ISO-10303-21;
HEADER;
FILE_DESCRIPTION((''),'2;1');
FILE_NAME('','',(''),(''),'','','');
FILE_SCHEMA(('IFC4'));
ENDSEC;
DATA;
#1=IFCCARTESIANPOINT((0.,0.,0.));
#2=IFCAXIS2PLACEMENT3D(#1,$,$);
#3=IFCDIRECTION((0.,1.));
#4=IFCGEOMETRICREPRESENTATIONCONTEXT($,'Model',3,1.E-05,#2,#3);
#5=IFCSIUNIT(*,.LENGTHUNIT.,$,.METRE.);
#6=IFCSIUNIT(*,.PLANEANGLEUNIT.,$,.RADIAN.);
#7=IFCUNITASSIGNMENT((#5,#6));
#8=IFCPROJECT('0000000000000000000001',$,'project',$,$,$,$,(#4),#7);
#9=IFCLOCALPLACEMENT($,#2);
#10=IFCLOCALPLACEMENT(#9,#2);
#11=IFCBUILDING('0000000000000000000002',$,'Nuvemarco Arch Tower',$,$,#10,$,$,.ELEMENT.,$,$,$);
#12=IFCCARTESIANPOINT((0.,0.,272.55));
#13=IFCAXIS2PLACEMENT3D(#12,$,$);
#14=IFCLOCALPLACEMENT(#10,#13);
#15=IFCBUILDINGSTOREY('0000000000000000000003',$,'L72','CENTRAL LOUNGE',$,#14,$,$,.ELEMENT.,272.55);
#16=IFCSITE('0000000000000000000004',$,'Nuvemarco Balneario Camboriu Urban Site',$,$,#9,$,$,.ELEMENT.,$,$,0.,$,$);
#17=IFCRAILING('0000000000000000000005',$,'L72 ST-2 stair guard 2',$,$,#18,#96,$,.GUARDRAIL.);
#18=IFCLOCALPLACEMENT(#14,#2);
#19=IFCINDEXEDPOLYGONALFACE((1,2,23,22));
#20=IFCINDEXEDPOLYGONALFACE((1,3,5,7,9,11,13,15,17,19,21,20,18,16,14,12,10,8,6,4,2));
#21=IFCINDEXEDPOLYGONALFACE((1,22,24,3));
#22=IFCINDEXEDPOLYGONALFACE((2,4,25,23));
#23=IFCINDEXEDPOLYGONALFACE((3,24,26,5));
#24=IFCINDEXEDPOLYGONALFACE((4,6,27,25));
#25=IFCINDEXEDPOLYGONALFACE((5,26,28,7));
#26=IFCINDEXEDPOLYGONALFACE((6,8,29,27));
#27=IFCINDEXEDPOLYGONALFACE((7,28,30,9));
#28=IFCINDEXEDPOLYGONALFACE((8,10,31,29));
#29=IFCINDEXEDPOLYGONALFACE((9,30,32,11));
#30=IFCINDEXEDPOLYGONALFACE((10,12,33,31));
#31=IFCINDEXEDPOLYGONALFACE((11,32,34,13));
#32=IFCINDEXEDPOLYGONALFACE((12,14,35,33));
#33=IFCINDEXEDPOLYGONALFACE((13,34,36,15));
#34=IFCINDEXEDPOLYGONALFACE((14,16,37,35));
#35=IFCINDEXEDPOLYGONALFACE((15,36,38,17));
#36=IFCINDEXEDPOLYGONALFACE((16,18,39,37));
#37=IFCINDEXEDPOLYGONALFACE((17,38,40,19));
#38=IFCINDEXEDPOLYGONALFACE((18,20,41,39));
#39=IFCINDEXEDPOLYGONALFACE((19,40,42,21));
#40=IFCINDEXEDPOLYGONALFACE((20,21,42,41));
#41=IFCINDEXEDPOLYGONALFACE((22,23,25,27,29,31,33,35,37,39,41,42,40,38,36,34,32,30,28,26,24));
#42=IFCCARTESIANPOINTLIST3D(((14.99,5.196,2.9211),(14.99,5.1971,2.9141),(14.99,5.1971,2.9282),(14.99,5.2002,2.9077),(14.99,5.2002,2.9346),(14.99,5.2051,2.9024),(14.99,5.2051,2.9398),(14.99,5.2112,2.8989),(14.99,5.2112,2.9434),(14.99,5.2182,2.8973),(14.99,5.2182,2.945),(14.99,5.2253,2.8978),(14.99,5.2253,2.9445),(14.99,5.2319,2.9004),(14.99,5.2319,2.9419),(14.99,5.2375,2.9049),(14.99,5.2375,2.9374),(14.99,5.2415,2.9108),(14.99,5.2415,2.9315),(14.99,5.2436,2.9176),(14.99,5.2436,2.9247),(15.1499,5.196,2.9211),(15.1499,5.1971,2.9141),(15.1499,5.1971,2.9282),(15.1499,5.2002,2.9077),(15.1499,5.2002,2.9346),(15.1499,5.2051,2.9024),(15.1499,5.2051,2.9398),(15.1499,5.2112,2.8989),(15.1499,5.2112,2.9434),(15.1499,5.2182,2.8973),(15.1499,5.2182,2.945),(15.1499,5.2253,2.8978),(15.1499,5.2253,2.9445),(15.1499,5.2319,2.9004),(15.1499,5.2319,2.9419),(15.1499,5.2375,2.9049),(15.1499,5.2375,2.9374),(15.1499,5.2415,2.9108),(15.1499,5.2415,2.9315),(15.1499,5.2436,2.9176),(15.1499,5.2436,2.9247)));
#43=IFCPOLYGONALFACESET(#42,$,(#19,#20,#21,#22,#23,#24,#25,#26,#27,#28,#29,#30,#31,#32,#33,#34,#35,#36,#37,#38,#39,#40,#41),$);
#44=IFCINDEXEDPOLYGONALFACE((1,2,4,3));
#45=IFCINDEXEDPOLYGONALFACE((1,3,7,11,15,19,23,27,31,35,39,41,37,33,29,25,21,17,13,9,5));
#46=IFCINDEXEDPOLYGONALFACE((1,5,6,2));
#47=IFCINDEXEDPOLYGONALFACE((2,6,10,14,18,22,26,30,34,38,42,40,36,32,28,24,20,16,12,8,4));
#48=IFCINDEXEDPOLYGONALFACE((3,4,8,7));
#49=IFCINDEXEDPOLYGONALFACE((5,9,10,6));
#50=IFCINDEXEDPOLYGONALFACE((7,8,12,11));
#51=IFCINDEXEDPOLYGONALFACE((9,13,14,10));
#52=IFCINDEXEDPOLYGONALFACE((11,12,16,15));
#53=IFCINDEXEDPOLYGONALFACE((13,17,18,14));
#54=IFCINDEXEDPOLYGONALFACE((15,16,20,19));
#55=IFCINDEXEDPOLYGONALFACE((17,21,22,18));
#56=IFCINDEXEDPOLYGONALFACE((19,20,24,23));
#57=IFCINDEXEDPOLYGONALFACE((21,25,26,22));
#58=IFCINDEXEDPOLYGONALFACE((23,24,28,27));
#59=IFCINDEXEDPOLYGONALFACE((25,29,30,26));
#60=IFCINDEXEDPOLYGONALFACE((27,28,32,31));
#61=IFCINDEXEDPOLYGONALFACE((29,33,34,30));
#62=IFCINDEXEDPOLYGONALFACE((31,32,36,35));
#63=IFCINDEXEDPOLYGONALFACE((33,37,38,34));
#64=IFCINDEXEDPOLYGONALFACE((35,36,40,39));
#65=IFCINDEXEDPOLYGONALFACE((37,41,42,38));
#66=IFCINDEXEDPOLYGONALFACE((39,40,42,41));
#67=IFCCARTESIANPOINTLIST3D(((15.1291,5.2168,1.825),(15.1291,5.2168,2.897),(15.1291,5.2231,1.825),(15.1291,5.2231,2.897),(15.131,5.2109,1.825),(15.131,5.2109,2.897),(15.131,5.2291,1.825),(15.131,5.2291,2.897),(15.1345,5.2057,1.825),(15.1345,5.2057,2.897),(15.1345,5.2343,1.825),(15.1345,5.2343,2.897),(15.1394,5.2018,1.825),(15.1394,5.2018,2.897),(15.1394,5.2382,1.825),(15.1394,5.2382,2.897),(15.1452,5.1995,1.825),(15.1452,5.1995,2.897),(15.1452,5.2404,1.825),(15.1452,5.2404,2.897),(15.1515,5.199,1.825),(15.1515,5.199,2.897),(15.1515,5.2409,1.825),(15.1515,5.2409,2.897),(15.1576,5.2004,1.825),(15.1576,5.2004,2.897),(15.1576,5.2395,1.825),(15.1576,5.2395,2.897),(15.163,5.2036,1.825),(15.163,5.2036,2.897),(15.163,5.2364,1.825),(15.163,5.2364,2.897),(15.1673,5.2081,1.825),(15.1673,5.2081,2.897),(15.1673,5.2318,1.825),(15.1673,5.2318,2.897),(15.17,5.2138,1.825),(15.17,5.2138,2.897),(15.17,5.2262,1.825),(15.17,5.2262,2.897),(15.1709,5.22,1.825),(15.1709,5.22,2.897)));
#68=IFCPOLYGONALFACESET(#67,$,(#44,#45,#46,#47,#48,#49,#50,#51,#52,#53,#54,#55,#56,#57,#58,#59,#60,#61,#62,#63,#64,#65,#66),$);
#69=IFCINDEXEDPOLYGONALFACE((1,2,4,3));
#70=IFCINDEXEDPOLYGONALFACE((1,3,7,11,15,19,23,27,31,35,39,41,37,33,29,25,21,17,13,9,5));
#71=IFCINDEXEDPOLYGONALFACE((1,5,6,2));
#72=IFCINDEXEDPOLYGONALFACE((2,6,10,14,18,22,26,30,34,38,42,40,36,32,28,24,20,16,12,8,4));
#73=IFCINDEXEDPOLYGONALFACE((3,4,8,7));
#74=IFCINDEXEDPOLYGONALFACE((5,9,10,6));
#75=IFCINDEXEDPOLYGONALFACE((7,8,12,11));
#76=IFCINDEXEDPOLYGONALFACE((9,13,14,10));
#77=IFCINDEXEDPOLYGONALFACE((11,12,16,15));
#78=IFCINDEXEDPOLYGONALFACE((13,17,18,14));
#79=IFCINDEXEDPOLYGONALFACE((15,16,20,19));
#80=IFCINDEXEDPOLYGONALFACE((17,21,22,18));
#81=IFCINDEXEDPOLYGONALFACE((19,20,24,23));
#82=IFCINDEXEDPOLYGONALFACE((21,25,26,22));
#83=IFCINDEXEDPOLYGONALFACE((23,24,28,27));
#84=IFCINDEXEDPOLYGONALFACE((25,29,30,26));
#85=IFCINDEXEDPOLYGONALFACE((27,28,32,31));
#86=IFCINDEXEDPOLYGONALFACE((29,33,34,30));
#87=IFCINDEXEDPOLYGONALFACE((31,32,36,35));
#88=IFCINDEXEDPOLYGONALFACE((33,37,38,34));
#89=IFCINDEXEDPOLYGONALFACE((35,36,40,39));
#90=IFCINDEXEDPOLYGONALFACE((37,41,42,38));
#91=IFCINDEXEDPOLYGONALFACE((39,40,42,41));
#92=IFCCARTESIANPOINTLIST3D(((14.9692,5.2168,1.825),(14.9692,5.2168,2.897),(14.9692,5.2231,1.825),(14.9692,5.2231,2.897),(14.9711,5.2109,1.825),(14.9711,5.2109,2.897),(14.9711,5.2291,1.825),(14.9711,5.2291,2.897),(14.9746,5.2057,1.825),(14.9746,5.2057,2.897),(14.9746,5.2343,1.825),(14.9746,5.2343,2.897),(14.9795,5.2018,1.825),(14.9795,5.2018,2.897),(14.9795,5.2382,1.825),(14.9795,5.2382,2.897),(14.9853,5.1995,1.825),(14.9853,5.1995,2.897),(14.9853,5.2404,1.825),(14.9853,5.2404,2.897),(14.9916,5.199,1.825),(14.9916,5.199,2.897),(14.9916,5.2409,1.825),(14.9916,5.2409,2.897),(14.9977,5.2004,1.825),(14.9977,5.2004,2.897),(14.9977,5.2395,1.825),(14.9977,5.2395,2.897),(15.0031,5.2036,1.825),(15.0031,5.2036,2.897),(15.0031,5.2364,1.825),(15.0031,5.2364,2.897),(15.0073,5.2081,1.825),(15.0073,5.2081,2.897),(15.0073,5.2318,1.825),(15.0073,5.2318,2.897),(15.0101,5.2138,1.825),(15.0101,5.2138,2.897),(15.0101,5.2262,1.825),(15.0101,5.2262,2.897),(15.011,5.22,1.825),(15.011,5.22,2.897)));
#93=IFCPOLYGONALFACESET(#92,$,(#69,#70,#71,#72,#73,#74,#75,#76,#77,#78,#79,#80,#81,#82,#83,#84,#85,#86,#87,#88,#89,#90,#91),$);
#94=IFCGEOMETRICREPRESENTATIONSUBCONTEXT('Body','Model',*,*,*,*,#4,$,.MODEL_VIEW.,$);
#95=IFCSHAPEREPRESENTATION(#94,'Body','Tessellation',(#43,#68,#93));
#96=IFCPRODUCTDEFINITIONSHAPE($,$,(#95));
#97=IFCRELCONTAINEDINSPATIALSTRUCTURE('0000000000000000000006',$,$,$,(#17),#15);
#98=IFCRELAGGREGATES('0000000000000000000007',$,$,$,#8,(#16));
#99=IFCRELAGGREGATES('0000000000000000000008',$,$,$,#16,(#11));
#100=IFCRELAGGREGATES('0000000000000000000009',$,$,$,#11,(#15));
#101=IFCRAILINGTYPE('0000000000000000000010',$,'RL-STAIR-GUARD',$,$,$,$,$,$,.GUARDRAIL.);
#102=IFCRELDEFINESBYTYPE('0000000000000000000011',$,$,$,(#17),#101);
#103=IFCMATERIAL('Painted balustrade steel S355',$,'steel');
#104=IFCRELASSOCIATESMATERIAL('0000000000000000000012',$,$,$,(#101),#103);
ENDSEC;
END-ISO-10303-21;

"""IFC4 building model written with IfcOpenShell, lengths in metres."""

from ifc_helpers import new_model, si_unit, direction, frame, origin, origin_2d, place, context, subcontext, project, spatial, circle, extrude, material, type_object, element, save


model = new_model("IFC4")

# Units and contexts
model_context = context("Model", 3, precision=1e-05, world=origin(), true_north=direction((0.0, 1.0)))
body_context = subcontext(model_context, "Body", "Model", "MODEL_VIEW")
ifc_project = project(units=[si_unit("LENGTHUNIT", "METRE"), si_unit("PLANEANGLEUNIT", "RADIAN")], contexts=[model_context])

# Site, building, storey
site_placement = place(None, origin())
site = spatial("IfcSite", under=ifc_project, at=site_placement, Name="Nuvemarco Balneario Camboriu Urban Site", CompositionType="ELEMENT", RefElevation=0.0)
building_placement = place(site_placement, origin())
building = spatial("IfcBuilding", under=site, at=building_placement, Name="Nuvemarco Arch Tower", CompositionType="ELEMENT")
storey_placement = place(building_placement, frame((0.0, 0.0, 272.55)))
storey = spatial("IfcBuildingStorey", under=building, at=storey_placement, Name="L72", Description="CENTRAL LOUNGE", CompositionType="ELEMENT", Elevation=272.55)

# Railing
ifc_material_1 = material(Name="Painted balustrade steel S355", Category="steel")
railing_type_1 = type_object("IfcRailingType", Name="RL-STAIR-GUARD", PredefinedType="GUARDRAIL", material=ifc_material_1)
railing_1_placement = place(storey_placement, frame((15.1499, 5.22, 1.825)))
element("IfcRailing", 1, at=railing_1_placement, inside=storey, type_object=railing_type_1, Name="L72 ST-2 stair guard 2", PredefinedType="GUARDRAIL", context=body_context, shape_type="SweptSolid", body=[
    extrude(circle(Radius=0.0239, at=origin_2d()), frame((0.0, 0.0, 1.0962), z_axis=(-1.0, 0.0, 0.0), x_axis=(0.0, -1.0, 0.0)), (0.0, 0.0, 1.0), 0.1599),
    extrude(circle(Radius=0.021, at=origin_2d()), origin(), (0.0, 0.0, 1.0), 1.072),
    extrude(circle(Radius=0.021, at=origin_2d()), frame((-0.1599, 0.0, 0.0)), (0.0, 0.0, 1.0), 1.072),
])

save(model, "model.ifc")
